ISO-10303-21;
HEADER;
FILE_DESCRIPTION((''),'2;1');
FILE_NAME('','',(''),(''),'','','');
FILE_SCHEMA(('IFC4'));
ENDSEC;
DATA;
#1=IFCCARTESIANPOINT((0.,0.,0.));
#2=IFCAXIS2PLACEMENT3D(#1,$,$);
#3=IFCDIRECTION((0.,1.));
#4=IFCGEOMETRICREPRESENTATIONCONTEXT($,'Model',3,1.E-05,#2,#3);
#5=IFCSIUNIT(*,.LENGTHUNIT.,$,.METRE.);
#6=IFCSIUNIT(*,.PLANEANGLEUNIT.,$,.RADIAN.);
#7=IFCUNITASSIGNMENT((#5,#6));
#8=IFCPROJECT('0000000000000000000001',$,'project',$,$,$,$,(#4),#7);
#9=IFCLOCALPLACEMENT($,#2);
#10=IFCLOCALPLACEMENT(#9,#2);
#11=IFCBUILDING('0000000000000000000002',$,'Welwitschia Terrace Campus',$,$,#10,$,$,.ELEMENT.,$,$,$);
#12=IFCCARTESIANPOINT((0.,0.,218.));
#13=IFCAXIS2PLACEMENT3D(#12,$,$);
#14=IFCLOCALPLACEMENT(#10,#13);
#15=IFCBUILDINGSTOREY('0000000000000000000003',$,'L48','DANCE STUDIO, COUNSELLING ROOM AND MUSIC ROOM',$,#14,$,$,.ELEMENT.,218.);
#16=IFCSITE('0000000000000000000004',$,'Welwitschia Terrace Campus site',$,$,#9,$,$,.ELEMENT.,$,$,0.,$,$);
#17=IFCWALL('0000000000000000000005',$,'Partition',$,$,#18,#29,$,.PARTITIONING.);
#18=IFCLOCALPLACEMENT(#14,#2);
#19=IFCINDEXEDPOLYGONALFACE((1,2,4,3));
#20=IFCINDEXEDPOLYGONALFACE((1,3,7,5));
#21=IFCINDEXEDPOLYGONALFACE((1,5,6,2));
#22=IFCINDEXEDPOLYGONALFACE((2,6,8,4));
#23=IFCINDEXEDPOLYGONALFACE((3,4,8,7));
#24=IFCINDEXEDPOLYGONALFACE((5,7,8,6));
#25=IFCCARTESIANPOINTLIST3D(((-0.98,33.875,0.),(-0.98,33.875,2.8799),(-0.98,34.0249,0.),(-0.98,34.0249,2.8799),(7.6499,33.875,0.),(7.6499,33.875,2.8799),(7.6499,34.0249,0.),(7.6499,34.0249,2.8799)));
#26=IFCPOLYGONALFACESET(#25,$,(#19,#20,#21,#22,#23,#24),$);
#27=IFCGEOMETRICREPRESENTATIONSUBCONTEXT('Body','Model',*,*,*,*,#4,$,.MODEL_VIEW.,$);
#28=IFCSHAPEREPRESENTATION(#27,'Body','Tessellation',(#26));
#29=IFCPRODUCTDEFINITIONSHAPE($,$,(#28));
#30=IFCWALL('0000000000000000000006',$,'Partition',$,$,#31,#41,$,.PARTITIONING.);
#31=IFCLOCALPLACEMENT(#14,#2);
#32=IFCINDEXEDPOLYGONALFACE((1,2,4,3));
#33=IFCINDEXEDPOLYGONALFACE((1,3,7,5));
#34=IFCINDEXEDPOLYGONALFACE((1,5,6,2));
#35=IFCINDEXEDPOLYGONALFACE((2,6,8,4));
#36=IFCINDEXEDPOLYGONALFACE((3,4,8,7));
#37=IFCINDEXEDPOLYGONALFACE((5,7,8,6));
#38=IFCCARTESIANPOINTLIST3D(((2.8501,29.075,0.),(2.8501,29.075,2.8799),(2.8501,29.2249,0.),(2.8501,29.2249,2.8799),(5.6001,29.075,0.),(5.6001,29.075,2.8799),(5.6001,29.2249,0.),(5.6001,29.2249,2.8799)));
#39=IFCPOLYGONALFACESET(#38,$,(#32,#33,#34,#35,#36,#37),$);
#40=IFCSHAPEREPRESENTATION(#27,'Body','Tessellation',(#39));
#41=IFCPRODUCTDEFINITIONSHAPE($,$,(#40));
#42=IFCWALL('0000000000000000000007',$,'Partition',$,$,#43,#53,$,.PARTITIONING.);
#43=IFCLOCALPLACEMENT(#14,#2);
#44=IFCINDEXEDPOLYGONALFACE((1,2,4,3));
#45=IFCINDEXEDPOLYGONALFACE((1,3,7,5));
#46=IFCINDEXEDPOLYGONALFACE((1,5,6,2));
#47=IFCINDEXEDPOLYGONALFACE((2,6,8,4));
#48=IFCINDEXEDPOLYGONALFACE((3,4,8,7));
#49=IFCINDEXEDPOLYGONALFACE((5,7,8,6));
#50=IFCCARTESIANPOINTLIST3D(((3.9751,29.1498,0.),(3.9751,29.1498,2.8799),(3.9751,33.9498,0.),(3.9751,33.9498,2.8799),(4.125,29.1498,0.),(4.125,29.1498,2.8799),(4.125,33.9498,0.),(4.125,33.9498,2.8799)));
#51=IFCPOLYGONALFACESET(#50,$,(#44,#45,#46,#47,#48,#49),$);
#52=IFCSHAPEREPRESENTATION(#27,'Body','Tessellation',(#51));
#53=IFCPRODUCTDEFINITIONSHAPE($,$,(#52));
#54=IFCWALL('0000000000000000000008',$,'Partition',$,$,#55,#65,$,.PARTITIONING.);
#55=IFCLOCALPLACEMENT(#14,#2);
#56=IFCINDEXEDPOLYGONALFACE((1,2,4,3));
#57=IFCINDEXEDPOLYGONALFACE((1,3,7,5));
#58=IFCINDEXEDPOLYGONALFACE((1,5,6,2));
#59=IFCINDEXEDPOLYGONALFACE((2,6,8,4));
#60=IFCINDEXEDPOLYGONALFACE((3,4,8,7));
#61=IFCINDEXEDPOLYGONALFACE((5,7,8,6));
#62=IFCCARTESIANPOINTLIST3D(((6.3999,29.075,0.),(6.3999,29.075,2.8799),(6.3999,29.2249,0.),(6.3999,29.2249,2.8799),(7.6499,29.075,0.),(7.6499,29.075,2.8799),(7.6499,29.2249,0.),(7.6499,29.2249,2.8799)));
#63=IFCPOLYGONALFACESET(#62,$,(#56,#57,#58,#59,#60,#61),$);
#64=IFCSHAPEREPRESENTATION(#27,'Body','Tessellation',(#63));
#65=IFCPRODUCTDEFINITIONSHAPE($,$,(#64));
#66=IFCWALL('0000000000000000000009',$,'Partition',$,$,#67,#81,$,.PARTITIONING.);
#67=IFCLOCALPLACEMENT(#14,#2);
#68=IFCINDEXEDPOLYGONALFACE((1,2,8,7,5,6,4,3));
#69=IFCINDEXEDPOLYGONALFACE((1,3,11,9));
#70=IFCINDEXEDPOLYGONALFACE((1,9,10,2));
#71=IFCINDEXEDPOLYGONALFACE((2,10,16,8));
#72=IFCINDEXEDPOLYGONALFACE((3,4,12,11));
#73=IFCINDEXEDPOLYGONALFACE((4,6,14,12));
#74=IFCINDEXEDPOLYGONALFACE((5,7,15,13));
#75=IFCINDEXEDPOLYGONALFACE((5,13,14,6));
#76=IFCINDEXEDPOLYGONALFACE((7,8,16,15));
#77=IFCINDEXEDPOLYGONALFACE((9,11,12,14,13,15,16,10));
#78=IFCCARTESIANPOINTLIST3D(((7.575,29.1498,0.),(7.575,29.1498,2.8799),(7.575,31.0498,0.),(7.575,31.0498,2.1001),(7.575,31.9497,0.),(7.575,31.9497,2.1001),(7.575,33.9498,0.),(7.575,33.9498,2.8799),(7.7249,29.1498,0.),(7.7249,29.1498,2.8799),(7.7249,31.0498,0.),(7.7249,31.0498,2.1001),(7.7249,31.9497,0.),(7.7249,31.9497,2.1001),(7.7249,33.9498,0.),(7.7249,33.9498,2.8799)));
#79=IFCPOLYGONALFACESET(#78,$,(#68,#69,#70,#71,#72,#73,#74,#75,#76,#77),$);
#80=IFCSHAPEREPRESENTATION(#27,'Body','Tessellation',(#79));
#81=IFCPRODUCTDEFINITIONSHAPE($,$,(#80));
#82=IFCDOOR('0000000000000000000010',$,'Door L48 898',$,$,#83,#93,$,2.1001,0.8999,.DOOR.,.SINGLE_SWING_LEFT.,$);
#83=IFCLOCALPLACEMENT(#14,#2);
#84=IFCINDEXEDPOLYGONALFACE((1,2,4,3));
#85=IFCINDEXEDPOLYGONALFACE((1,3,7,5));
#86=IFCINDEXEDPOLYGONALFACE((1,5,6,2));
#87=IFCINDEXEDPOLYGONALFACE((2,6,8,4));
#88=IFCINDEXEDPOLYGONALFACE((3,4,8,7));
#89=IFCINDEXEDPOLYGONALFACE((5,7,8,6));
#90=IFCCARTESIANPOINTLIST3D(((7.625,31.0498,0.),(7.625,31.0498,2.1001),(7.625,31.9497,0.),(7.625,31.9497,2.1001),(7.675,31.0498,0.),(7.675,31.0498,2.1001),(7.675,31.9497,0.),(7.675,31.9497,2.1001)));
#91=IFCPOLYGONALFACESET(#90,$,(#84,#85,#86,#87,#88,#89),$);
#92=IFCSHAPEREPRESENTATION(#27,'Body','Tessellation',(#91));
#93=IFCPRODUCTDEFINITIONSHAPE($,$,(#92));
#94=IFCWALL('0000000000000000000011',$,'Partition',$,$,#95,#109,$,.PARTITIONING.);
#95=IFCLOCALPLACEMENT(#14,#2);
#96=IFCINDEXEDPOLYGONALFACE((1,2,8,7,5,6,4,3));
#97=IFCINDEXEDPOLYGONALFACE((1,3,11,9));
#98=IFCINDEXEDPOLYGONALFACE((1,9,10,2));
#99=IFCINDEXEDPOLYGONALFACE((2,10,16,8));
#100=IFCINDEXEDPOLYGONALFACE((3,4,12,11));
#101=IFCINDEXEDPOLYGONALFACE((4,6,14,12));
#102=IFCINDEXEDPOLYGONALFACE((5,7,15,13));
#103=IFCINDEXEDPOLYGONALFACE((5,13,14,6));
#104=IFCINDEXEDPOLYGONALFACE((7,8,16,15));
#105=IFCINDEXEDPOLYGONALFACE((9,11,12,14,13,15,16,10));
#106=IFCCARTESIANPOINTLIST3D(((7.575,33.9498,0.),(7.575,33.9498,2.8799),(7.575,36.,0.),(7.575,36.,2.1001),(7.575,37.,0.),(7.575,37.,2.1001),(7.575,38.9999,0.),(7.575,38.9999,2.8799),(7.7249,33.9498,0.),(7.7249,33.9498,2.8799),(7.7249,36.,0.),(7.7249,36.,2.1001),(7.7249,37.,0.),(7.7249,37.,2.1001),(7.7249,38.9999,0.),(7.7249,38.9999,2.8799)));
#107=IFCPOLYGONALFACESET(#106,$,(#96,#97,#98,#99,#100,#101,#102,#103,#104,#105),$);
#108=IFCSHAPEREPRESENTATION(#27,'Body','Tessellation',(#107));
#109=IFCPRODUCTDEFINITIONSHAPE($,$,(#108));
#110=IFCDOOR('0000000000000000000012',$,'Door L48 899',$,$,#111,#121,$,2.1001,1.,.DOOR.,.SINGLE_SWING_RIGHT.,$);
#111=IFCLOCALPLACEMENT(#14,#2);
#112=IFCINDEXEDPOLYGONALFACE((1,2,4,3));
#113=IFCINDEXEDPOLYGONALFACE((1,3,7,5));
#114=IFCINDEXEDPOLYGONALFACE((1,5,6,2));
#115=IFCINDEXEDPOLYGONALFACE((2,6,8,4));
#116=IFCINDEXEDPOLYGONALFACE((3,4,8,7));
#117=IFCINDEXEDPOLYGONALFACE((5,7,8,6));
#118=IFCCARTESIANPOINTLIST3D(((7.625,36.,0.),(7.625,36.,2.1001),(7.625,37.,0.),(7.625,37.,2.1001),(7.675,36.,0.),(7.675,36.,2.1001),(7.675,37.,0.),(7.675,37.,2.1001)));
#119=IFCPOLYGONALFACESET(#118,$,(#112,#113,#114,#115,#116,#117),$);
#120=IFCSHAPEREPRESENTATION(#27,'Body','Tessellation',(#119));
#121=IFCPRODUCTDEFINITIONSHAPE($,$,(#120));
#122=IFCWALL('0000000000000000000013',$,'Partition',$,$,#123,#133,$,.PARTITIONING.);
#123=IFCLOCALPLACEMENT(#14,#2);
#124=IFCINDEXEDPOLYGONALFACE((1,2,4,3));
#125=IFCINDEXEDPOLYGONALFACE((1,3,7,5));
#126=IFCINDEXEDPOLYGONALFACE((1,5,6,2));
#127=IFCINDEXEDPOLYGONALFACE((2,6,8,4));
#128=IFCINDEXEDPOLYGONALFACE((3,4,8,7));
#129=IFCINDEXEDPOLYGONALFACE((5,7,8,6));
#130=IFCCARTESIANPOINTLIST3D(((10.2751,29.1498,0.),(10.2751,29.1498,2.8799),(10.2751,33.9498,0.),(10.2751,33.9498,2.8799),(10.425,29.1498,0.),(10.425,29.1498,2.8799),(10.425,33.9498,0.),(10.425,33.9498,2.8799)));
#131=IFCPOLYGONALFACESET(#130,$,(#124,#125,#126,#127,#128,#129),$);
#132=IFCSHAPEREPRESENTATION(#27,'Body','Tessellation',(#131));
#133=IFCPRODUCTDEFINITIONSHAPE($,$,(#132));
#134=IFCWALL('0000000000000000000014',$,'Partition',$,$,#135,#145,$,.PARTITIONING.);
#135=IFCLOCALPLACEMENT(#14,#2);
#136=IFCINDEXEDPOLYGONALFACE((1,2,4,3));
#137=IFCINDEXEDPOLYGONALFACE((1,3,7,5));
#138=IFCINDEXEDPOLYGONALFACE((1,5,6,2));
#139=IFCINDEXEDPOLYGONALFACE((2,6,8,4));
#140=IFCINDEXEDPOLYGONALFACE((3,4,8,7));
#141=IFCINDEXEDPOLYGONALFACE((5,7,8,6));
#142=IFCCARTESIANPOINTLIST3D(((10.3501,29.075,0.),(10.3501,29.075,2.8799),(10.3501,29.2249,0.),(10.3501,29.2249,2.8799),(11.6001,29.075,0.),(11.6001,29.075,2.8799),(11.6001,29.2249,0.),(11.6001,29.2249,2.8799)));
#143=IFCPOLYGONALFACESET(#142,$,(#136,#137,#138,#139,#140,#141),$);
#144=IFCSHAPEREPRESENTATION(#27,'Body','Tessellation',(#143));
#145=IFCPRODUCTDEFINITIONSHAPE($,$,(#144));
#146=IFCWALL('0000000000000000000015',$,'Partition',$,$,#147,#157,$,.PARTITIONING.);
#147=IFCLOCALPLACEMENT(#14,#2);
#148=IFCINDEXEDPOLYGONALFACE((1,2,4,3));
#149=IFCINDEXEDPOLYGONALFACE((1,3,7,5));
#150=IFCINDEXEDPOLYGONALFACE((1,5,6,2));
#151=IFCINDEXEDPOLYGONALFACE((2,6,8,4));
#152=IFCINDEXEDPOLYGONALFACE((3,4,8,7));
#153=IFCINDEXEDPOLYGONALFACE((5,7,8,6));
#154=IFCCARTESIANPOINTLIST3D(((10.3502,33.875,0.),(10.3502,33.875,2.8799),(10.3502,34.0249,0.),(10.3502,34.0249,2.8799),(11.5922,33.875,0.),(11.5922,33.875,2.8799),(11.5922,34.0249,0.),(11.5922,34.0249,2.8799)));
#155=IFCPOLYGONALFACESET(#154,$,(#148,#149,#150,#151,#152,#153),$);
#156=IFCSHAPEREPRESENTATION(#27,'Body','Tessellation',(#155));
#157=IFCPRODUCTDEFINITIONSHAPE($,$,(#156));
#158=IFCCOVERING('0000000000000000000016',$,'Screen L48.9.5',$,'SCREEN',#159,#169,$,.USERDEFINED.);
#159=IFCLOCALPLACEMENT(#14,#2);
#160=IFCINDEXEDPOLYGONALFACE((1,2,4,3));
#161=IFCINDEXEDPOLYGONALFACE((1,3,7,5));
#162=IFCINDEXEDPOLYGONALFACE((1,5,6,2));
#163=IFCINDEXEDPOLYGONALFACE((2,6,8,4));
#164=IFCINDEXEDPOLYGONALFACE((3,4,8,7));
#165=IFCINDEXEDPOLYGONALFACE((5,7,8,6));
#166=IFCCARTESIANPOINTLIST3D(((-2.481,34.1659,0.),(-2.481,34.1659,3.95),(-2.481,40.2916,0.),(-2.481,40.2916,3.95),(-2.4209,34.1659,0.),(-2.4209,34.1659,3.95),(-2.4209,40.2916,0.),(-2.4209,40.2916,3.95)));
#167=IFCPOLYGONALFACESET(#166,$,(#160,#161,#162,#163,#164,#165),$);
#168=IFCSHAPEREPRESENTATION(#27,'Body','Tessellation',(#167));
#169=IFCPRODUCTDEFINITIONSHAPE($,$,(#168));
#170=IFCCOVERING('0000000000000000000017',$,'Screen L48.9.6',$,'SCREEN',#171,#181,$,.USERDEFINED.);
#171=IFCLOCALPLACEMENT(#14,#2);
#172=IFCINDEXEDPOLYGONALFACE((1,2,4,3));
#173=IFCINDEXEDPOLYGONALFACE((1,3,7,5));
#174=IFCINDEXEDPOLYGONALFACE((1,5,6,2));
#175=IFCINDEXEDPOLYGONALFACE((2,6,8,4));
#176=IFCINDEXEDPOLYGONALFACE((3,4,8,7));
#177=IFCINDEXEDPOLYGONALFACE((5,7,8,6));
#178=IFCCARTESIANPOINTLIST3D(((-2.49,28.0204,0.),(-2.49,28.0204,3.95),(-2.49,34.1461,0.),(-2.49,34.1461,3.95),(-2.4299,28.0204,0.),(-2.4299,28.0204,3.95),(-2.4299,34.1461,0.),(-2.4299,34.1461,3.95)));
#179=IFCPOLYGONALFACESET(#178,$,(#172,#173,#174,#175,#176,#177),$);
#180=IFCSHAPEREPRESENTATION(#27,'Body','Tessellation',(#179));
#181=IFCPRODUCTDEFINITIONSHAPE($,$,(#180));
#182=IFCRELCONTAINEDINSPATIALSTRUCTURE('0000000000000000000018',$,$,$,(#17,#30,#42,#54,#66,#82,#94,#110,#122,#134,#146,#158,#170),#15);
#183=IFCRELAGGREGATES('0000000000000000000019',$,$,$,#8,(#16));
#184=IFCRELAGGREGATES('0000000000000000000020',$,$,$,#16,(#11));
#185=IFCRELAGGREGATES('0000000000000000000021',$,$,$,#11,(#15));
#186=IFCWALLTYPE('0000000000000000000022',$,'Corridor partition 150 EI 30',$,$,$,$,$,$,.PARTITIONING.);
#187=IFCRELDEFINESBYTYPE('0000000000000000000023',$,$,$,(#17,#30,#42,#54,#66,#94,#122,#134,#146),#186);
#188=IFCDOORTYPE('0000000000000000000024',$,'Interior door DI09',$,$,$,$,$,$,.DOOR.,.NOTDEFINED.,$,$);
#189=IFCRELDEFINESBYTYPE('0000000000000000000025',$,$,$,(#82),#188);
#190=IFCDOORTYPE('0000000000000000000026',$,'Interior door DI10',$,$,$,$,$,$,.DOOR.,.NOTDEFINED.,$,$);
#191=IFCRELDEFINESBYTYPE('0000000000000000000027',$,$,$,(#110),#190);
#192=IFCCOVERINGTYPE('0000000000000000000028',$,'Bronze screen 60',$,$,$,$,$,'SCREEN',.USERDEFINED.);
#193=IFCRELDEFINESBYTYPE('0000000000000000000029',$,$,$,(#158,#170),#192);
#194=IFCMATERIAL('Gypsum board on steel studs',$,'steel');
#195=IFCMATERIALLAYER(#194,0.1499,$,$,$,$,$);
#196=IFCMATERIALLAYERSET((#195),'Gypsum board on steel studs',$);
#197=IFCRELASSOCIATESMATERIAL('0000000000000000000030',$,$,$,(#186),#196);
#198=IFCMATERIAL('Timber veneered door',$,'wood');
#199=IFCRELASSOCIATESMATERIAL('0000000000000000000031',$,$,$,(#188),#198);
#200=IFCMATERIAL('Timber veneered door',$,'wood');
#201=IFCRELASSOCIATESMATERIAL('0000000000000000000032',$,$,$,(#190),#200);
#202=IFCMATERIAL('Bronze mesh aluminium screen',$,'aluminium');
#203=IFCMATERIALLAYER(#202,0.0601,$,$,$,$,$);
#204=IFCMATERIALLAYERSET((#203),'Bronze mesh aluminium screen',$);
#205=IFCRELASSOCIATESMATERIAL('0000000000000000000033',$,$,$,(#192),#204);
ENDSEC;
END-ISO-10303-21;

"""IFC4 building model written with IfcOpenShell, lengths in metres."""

from ifc_helpers import new_model, si_unit, direction, frame, frame_2d, origin, origin_2d, place, context, subcontext, project, spatial, rectangle, extrude, material, layer, layer_set, type_object, element, fill, save


model = new_model("IFC4")

# Units and contexts
model_context = context("Model", 3, precision=1e-05, world=origin(), true_north=direction((0.0, 1.0)))
body_context = subcontext(model_context, "Body", "Model", "MODEL_VIEW")
ifc_project = project(units=[si_unit("LENGTHUNIT", "METRE"), si_unit("PLANEANGLEUNIT", "RADIAN")], contexts=[model_context])

# Site, building, storey
site_placement = place(None, origin())
site = spatial("IfcSite", under=ifc_project, at=site_placement, Name="Welwitschia Terrace Campus site", CompositionType="ELEMENT", RefElevation=0.0)
building_placement = place(site_placement, origin())
building = spatial("IfcBuilding", under=site, at=building_placement, Name="Welwitschia Terrace Campus", CompositionType="ELEMENT")
storey_placement = place(building_placement, frame((0.0, 0.0, 218.0)))
storey = spatial("IfcBuildingStorey", under=building, at=storey_placement, Name="L48", Description="DANCE STUDIO, COUNSELLING ROOM AND MUSIC ROOM", CompositionType="ELEMENT", Elevation=218.0)

# Walls
ifc_material_1 = material(Name="Gypsum board on steel studs", Category="steel")
ifc_layer_1 = layer(ifc_material_1, 0.1499)
ifc_layer_set_1 = layer_set([ifc_layer_1], Name="Gypsum board on steel studs")
wall_type = type_object("IfcWallType", Name="Corridor partition 150 EI 30", PredefinedType="PARTITIONING", material=ifc_layer_set_1)
wall_1_placement = place(storey_placement, frame((-0.98, 33.95, 0.0), z_axis=(0.0, 0.0, 1.0), x_axis=(1.0, 0.0, 0.0)))
element("IfcWall", 1, at=wall_1_placement, inside=storey, type_object=wall_type, Name="Partition", PredefinedType="PARTITIONING", context=body_context, shape_type="SweptSolid", body=[
    extrude(rectangle(XDim=8.6299, YDim=0.1499, at=frame_2d((4.3149, 0.0))), origin(), (0.0, 0.0, 1.0), 2.8799),
])
wall_2_placement = place(storey_placement, frame((2.8501, 29.1499, 0.0), z_axis=(0.0, 0.0, 1.0), x_axis=(1.0, 0.0, 0.0)))
element("IfcWall", 2, at=wall_2_placement, inside=storey, type_object=wall_type, Name="Partition", PredefinedType="PARTITIONING", context=body_context, shape_type="SweptSolid", body=[
    extrude(rectangle(XDim=2.75, YDim=0.1499, at=frame_2d((1.375, 0.0))), origin(), (0.0, 0.0, 1.0), 2.8799),
])
wall_3_placement = place(storey_placement, frame((4.05, 29.1499, 0.0), z_axis=(0.0, 0.0, 1.0), x_axis=(0.0, 1.0, 0.0)))
element("IfcWall", 3, at=wall_3_placement, inside=storey, type_object=wall_type, Name="Partition", PredefinedType="PARTITIONING", context=body_context, shape_type="SweptSolid", body=[
    extrude(rectangle(XDim=4.8, YDim=0.1499, at=frame_2d((2.3999, 0.0))), origin(), (0.0, 0.0, 1.0), 2.8799),
])
wall_4_placement = place(storey_placement, frame((6.3999, 29.1499, 0.0), z_axis=(0.0, 0.0, 1.0), x_axis=(1.0, 0.0, 0.0)))
element("IfcWall", 4, at=wall_4_placement, inside=storey, type_object=wall_type, Name="Partition", PredefinedType="PARTITIONING", context=body_context, shape_type="SweptSolid", body=[
    extrude(rectangle(XDim=1.25, YDim=0.1499, at=frame_2d((0.625, 0.0))), origin(), (0.0, 0.0, 1.0), 2.8799),
])

# Walls, openings, doors
wall_5_placement = place(storey_placement, frame((7.6499, 29.1499, 0.0), z_axis=(0.0, 0.0, 1.0), x_axis=(0.0, 1.0, 0.0)))
wall_5 = element("IfcWall", 5, at=wall_5_placement, inside=storey, type_object=wall_type, Name="Partition", PredefinedType="PARTITIONING", context=body_context, shape_type="SweptSolid", body=[
    extrude(rectangle(XDim=4.8, YDim=0.1499, at=frame_2d((2.3999, 0.0))), origin(), (0.0, 0.0, 1.0), 2.8799),
])
opening_1_placement = place(wall_5_placement, frame((1.8999, 0.0, 0.0)))
opening_1 = element("IfcOpeningElement", 6, at=opening_1_placement, cuts=wall_5, PredefinedType="OPENING", context=body_context, shape_type="SweptSolid", body=[
    extrude(rectangle(XDim=0.8999, YDim=2.1001, at=frame_2d((0.45, 1.05))), frame((0.0, 0.085, 0.0), z_axis=(0.0, -1.0, 0.0), x_axis=(1.0, 0.0, 0.0)), (0.0, 0.0, 1.0), 0.1699),
])
ifc_material_2 = material(Name="Timber veneered door", Category="wood")
door_type_1 = type_object("IfcDoorType", Name="Interior door DI09", OperationType="NOTDEFINED", PredefinedType="DOOR", material=ifc_material_2)
door_1_placement = place(opening_1_placement, origin())
door_1 = element("IfcDoor", 7, at=door_1_placement, inside=storey, type_object=door_type_1, Name="Door L48 898", OperationType="SINGLE_SWING_LEFT", OverallHeight=2.1001, OverallWidth=0.8999, PredefinedType="DOOR", context=body_context, shape_type="SweptSolid", body=[
    extrude(rectangle(XDim=0.8999, YDim=2.1001, at=frame_2d((0.45, 1.05))), frame((0.0, 0.0249, 0.0), z_axis=(0.0, -1.0, 0.0), x_axis=(1.0, 0.0, 0.0)), (0.0, 0.0, 1.0), 0.05),
])
fill(opening_1, door_1)
wall_6_placement = place(storey_placement, frame((7.6499, 33.95, 0.0), z_axis=(0.0, 0.0, 1.0), x_axis=(0.0, 1.0, 0.0)))
wall_6 = element("IfcWall", 8, at=wall_6_placement, inside=storey, type_object=wall_type, Name="Partition", PredefinedType="PARTITIONING", context=body_context, shape_type="SweptSolid", body=[
    extrude(rectangle(XDim=5.05, YDim=0.1499, at=frame_2d((2.5249, 0.0))), origin(), (0.0, 0.0, 1.0), 2.8799),
])
opening_2_placement = place(wall_6_placement, frame((2.05, 0.0, 0.0)))
opening_2 = element("IfcOpeningElement", 9, at=opening_2_placement, cuts=wall_6, PredefinedType="OPENING", context=body_context, shape_type="SweptSolid", body=[
    extrude(rectangle(XDim=1.0, YDim=2.1001, at=frame_2d((0.5, 1.05))), frame((0.0, 0.085, 0.0), z_axis=(0.0, -1.0, 0.0), x_axis=(1.0, 0.0, 0.0)), (0.0, 0.0, 1.0), 0.1699),
])
ifc_material_3 = material(Name="Timber veneered door", Category="wood")
door_type_2 = type_object("IfcDoorType", Name="Interior door DI10", OperationType="NOTDEFINED", PredefinedType="DOOR", material=ifc_material_3)
door_2_placement = place(opening_2_placement, origin())
door_2 = element("IfcDoor", 10, at=door_2_placement, inside=storey, type_object=door_type_2, Name="Door L48 899", OperationType="SINGLE_SWING_RIGHT", OverallHeight=2.1001, OverallWidth=1.0, PredefinedType="DOOR", context=body_context, shape_type="SweptSolid", body=[
    extrude(rectangle(XDim=1.0, YDim=2.1001, at=frame_2d((0.5, 1.05))), frame((0.0, 0.0249, 0.0), z_axis=(0.0, -1.0, 0.0), x_axis=(1.0, 0.0, 0.0)), (0.0, 0.0, 1.0), 0.05),
])
fill(opening_2, door_2)

# Walls
wall_7_placement = place(storey_placement, frame((10.3501, 29.1499, 0.0), z_axis=(0.0, 0.0, 1.0), x_axis=(0.0, 1.0, 0.0)))
element("IfcWall", 11, at=wall_7_placement, inside=storey, type_object=wall_type, Name="Partition", PredefinedType="PARTITIONING", context=body_context, shape_type="SweptSolid", body=[
    extrude(rectangle(XDim=4.8, YDim=0.1499, at=frame_2d((2.3999, 0.0))), origin(), (0.0, 0.0, 1.0), 2.8799),
])
wall_8_placement = place(storey_placement, frame((10.3501, 29.1499, 0.0), z_axis=(0.0, 0.0, 1.0), x_axis=(1.0, 0.0, 0.0)))
element("IfcWall", 12, at=wall_8_placement, inside=storey, type_object=wall_type, Name="Partition", PredefinedType="PARTITIONING", context=body_context, shape_type="SweptSolid", body=[
    extrude(rectangle(XDim=1.25, YDim=0.1499, at=frame_2d((0.625, 0.0))), origin(), (0.0, 0.0, 1.0), 2.8799),
])
wall_9_placement = place(storey_placement, frame((10.3501, 33.95, 0.0), z_axis=(0.0, 0.0, 1.0), x_axis=(1.0, 0.0, 0.0)))
element("IfcWall", 13, at=wall_9_placement, inside=storey, type_object=wall_type, Name="Partition", PredefinedType="PARTITIONING", context=body_context, shape_type="SweptSolid", body=[
    extrude(rectangle(XDim=1.2419, YDim=0.1499, at=frame_2d((0.6211, 0.0))), origin(), (0.0, 0.0, 1.0), 2.8799),
])

# Coverings
ifc_material_4 = material(Name="Bronze mesh aluminium screen", Category="aluminium")
ifc_layer_2 = layer(ifc_material_4, 0.0601)
ifc_layer_set_2 = layer_set([ifc_layer_2], Name="Bronze mesh aluminium screen")
covering_type = type_object("IfcCoveringType", Name="Bronze screen 60", ElementType="SCREEN", PredefinedType="USERDEFINED", material=ifc_layer_set_2)
for number, where, z_axis, x_axis, name in (
    (14, (-2.4509, 37.2288, 0.0), (0.0, 0.0, 1.0), (0.0, -1.0, 0.0), "Screen L48.9.5"),
    (15, (-2.46, 31.0833, 0.0), (0.0, 0.0, 1.0), (0.0, -1.0, 0.0), "Screen L48.9.6"),
):
    element("IfcCovering", number, at=place(storey_placement, frame(where, z_axis=z_axis, x_axis=x_axis)), inside=storey, type_object=covering_type, Name=name, ObjectType="SCREEN", PredefinedType="USERDEFINED", context=body_context, shape_type="SweptSolid", body=[
        extrude(rectangle(XDim=6.1257, YDim=0.0601, at=origin_2d()), origin(), (0.0, 0.0, 1.0), 3.95),
    ])

save(model, "model.ifc")
